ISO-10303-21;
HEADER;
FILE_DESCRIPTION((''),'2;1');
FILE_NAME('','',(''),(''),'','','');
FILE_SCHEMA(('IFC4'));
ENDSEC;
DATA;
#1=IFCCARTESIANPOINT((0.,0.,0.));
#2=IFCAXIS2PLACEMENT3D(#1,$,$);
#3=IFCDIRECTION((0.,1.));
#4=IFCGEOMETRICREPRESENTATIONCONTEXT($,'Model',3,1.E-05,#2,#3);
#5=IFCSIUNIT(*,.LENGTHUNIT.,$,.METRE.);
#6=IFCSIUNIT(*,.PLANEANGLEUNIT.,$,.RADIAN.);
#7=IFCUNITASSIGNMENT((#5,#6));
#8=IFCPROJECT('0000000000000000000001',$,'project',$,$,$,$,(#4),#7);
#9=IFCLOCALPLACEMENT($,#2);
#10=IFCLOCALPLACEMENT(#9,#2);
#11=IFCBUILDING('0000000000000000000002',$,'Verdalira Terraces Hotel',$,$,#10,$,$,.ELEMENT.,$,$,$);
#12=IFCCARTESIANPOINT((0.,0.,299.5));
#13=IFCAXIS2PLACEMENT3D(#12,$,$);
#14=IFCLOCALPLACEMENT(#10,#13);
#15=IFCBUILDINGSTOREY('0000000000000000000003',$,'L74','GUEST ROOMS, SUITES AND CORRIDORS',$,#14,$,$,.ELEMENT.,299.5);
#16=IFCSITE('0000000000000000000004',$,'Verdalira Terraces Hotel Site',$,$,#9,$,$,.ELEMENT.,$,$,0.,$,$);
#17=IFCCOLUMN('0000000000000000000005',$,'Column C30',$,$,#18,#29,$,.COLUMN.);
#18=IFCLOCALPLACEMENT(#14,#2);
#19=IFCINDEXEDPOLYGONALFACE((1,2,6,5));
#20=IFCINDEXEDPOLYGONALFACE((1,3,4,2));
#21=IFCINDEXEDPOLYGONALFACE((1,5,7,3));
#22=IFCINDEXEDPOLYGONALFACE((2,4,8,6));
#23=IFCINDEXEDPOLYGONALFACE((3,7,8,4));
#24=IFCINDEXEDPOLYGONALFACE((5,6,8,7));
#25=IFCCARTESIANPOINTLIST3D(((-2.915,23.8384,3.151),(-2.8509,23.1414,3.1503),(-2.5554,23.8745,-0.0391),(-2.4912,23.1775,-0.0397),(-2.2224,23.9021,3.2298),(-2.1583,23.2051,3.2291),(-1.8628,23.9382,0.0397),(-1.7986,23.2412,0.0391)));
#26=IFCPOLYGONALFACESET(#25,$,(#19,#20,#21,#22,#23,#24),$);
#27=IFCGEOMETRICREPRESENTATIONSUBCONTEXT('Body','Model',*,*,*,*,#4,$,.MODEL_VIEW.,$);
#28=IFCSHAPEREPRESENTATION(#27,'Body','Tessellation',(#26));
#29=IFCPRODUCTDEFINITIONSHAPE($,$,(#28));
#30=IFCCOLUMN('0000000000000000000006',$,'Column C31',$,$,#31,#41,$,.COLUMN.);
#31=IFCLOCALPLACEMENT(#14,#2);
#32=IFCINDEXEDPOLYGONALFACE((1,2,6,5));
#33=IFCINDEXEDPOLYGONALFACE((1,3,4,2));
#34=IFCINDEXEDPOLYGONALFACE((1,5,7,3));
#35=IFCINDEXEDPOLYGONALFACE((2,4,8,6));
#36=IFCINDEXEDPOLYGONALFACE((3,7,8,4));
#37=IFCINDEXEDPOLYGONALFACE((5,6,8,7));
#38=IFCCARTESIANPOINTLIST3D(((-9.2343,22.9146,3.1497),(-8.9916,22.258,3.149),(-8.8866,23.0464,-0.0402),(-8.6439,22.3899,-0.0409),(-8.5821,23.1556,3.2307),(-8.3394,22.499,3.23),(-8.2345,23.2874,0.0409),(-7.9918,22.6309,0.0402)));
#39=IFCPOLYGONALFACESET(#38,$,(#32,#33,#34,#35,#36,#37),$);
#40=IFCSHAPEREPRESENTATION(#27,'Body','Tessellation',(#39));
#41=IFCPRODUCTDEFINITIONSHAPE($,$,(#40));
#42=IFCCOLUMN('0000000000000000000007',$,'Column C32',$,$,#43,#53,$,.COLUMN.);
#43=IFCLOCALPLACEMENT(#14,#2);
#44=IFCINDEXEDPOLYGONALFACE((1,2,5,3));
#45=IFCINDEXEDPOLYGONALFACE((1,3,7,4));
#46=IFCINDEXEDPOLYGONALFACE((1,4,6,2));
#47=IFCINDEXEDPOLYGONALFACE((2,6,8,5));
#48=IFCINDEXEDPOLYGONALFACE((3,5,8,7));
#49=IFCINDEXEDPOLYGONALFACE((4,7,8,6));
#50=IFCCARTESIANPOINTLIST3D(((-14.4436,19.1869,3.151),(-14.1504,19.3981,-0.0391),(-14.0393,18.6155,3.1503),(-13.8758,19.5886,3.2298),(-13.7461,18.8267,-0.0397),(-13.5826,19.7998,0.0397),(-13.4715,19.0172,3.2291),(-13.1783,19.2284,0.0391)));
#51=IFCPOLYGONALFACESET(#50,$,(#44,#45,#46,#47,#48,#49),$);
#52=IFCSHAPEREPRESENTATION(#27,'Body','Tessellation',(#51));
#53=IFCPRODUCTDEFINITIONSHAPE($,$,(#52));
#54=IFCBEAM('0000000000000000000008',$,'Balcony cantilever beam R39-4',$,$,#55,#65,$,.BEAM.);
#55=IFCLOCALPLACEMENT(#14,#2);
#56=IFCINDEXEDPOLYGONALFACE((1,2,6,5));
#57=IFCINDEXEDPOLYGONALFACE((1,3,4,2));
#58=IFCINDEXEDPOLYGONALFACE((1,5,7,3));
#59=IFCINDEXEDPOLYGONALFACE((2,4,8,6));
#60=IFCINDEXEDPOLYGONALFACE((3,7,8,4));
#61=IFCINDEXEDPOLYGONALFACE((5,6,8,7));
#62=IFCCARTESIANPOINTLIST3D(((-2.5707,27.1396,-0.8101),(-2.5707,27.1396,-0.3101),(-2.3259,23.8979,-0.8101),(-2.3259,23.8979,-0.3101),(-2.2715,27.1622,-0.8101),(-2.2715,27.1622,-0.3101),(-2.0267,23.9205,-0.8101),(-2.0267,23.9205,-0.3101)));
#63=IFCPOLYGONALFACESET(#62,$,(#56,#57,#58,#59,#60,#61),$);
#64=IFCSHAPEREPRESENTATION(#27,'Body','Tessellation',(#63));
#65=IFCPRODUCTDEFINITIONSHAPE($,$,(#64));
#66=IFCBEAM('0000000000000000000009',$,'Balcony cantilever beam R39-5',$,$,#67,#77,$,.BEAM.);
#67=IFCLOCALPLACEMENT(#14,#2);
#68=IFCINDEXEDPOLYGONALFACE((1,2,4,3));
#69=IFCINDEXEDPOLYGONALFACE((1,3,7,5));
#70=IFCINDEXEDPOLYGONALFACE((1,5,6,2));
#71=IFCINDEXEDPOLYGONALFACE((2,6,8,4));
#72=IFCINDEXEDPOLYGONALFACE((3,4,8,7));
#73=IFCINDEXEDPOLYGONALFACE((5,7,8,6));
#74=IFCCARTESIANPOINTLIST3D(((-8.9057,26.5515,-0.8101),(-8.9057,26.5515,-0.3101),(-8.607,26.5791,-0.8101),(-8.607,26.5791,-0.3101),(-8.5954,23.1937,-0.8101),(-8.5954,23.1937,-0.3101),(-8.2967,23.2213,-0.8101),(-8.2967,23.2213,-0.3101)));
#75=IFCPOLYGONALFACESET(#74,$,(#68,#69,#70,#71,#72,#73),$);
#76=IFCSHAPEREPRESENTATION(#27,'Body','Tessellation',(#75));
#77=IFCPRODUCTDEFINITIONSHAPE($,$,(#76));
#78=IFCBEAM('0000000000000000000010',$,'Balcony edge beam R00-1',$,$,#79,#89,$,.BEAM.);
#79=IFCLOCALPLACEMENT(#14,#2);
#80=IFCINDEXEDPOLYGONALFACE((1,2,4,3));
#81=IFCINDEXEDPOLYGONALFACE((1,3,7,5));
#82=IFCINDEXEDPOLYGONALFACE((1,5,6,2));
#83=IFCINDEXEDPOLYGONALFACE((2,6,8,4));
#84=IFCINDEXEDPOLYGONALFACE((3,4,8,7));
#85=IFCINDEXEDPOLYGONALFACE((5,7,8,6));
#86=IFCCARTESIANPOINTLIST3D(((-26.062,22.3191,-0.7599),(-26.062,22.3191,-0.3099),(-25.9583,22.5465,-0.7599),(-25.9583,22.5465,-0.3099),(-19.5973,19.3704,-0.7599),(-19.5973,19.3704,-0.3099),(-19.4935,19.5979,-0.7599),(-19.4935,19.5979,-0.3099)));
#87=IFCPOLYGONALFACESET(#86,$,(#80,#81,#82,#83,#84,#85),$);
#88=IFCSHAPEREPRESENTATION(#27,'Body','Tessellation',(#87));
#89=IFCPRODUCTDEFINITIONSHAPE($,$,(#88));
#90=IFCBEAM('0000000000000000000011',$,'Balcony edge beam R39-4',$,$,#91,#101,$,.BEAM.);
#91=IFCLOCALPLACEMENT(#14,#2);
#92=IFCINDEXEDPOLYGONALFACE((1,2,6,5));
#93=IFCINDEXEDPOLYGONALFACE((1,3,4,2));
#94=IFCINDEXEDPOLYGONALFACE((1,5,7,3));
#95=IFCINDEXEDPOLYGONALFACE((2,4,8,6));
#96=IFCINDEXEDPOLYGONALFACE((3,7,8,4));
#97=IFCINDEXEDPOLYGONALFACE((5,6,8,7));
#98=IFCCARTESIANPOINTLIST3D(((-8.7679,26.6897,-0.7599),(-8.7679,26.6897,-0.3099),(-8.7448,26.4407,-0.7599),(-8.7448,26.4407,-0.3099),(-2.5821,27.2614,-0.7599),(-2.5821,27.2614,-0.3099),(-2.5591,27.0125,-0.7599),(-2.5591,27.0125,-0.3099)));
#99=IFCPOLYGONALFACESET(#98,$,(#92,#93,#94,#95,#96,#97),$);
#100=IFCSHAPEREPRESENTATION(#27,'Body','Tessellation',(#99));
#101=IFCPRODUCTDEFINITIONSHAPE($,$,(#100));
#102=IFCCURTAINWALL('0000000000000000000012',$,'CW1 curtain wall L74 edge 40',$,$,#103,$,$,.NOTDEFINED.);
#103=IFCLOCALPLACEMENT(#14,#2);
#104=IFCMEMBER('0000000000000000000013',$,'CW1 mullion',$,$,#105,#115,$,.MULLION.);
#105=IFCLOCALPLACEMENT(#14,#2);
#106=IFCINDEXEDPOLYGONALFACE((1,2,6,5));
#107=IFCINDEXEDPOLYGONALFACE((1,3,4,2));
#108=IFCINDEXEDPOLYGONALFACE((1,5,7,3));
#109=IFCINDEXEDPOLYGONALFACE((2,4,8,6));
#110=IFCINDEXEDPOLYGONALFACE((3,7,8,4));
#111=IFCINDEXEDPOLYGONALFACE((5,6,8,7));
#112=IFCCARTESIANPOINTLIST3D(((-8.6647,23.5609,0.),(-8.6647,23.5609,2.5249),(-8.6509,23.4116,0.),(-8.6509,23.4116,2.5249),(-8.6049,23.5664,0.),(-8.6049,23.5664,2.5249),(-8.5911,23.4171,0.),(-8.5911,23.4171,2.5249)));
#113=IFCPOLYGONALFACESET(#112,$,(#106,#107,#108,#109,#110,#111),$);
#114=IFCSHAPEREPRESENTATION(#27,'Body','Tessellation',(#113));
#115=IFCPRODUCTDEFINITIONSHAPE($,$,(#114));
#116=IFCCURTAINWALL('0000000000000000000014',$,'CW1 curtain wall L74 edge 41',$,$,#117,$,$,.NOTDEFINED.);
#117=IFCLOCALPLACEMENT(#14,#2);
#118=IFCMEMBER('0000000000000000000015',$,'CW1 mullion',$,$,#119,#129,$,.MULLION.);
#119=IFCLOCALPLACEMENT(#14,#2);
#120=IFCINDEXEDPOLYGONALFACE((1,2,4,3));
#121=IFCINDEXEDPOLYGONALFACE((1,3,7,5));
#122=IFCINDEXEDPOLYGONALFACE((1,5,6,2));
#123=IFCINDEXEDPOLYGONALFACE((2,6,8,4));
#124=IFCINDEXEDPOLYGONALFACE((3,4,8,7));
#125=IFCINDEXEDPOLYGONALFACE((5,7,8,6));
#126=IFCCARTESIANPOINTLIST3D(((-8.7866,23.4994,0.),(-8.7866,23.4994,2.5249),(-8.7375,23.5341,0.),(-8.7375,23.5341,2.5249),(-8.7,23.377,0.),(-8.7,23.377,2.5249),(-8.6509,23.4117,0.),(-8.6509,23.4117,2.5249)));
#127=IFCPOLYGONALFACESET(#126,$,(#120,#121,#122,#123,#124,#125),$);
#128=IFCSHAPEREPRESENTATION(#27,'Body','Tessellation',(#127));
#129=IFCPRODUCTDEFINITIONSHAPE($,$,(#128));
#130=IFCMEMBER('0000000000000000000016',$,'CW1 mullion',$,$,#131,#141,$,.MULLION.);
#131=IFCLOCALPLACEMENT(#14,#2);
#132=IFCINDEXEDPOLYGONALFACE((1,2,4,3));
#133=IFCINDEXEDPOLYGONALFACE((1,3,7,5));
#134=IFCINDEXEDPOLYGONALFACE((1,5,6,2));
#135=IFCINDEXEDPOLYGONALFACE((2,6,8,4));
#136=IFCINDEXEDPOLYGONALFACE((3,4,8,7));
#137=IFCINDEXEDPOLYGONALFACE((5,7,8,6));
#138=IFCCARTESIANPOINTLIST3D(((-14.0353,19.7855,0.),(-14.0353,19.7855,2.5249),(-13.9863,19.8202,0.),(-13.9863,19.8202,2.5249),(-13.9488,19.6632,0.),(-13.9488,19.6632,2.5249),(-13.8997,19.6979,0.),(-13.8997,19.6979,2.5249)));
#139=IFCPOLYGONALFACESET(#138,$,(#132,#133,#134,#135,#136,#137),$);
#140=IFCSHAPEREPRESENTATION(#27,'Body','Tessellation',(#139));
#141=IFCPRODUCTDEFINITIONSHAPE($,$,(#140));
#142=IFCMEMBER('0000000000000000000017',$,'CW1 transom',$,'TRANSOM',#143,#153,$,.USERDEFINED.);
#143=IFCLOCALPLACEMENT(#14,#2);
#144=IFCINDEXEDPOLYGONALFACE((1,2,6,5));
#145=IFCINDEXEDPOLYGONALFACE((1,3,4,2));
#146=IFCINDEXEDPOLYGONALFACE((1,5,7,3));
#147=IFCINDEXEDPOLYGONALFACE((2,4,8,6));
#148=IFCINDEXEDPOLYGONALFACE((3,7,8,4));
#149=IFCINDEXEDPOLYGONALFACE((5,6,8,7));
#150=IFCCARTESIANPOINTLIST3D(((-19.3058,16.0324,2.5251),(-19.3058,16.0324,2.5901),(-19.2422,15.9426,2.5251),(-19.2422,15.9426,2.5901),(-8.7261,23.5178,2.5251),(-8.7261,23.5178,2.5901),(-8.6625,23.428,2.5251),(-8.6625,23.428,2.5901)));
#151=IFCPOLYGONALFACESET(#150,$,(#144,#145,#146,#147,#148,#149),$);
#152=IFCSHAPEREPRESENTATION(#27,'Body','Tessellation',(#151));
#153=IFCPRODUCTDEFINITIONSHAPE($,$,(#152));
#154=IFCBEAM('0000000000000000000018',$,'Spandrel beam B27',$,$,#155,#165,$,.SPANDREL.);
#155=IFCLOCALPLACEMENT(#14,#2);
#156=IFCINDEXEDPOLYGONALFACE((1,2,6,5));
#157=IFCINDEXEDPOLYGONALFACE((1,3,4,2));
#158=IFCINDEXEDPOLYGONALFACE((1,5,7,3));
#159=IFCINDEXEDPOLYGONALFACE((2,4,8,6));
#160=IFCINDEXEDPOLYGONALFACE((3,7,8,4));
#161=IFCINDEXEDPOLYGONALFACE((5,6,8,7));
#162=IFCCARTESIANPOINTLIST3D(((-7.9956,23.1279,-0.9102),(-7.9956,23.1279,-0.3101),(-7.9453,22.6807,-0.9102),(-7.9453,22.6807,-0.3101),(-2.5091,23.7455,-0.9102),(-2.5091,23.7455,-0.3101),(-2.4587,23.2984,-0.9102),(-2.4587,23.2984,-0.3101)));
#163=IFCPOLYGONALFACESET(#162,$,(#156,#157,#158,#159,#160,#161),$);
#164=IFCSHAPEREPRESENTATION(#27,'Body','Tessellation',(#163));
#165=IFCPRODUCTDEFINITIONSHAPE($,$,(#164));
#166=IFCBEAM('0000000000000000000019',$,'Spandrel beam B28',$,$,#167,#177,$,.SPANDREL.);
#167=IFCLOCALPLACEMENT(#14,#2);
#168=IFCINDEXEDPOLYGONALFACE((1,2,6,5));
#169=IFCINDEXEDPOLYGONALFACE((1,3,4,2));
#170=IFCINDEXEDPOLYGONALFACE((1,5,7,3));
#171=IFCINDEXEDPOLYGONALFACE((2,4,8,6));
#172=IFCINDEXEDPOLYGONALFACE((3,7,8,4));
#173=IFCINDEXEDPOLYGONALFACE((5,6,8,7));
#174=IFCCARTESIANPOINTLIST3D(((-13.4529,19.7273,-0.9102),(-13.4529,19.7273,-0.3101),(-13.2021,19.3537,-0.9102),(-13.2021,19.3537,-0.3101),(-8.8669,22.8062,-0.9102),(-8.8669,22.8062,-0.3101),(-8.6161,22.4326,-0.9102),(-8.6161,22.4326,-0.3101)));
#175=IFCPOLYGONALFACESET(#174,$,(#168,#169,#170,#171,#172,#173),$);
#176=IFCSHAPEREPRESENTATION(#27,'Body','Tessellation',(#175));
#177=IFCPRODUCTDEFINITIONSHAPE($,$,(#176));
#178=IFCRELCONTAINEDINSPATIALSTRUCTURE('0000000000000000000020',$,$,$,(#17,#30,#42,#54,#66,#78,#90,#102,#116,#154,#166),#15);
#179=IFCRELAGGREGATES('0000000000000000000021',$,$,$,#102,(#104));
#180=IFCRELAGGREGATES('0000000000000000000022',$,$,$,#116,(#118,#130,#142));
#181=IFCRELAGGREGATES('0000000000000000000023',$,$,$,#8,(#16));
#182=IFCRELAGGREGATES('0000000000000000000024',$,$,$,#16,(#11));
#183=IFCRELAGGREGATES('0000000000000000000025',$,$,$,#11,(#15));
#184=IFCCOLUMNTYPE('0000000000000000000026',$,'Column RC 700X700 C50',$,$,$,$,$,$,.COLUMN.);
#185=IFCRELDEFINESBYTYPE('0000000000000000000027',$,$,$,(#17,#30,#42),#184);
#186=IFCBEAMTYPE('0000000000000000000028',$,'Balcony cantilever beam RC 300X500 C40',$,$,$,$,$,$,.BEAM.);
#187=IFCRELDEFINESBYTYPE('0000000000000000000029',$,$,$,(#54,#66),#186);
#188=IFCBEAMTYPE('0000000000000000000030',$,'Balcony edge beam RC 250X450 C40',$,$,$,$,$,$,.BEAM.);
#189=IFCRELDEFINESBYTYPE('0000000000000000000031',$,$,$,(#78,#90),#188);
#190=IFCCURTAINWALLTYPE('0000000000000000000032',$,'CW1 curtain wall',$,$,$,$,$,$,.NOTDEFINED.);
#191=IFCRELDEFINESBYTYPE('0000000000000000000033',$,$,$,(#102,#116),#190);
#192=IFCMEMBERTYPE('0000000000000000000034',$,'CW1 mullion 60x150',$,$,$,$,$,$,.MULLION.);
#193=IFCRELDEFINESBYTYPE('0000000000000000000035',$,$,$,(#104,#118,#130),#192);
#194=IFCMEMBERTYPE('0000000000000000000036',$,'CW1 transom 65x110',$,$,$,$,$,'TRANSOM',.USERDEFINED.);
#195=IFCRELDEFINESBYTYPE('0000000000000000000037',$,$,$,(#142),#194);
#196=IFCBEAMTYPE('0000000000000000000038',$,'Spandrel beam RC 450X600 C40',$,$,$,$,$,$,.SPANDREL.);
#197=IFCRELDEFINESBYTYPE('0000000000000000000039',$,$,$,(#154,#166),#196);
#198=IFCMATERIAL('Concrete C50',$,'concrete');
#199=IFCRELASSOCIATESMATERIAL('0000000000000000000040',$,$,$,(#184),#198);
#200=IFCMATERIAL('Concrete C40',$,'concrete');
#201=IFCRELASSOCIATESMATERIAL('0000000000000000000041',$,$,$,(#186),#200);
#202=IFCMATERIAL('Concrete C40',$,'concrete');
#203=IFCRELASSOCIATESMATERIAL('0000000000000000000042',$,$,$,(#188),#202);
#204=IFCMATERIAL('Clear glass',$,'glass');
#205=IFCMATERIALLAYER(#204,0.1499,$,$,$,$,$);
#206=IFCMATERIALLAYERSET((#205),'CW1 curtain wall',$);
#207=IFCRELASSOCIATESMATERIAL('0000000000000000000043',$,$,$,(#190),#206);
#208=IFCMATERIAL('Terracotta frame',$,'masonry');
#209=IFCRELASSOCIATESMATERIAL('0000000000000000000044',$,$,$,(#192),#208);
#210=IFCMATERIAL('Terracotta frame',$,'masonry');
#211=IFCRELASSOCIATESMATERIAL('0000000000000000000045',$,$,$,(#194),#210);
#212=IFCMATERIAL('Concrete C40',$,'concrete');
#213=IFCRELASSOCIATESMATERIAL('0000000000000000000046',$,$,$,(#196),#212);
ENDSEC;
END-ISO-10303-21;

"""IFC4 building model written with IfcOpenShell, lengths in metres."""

from ifc_helpers import new_model, si_unit, direction, frame, origin, origin_2d, place, context, subcontext, project, spatial, rectangle, extrude, material, layer, layer_set, material_profile, profile_set, type_object, element, aggregate, save


model = new_model("IFC4")

# Units and contexts
model_context = context("Model", 3, precision=1e-05, world=origin(), true_north=direction((0.0, 1.0)))
body_context = subcontext(model_context, "Body", "Model", "MODEL_VIEW")
ifc_project = project(units=[si_unit("LENGTHUNIT", "METRE"), si_unit("PLANEANGLEUNIT", "RADIAN")], contexts=[model_context])

# Site, building, storey
site_placement = place(None, origin())
site = spatial("IfcSite", under=ifc_project, at=site_placement, Name="Verdalira Terraces Hotel Site", CompositionType="ELEMENT", RefElevation=0.0)
building_placement = place(site_placement, origin())
building = spatial("IfcBuilding", under=site, at=building_placement, Name="Verdalira Terraces Hotel", CompositionType="ELEMENT")
storey_placement = place(building_placement, frame((0.0, 0.0, 299.5)))
storey = spatial("IfcBuildingStorey", under=building, at=storey_placement, Name="L74", Description="GUEST ROOMS, SUITES AND CORRIDORS", CompositionType="ELEMENT", Elevation=299.5)

# Columns
ifc_material_1 = material(Name="Concrete C50", Category="concrete")
ifc_material_profile_1 = material_profile(ifc_material_1, rectangle(XDim=0.7, YDim=0.7, at=origin_2d()), Name="RC 700X700")
ifc_profile_set_1 = profile_set([ifc_material_profile_1], Name="Concrete C50")
column_type = type_object("IfcColumnType", Name="Column RC 700X700 C50", PredefinedType="COLUMN", material=ifc_profile_set_1)
column_1_placement = place(storey_placement, frame((-2.177, 23.5579, 0.0), z_axis=(-0.112019, -0.011255, 0.993642), x_axis=(-0.989472, -0.090943, -0.112579)))
element("IfcColumn", 1, at=column_1_placement, inside=storey, type_object=column_type, Name="Column C30", PredefinedType="COLUMN", context=body_context, shape_type="SweptSolid", body=[
    extrude(rectangle(XDim=0.7, YDim=0.7, at=origin_2d()), origin(), (0.0, 0.0, 1.0), 3.2104),
])
column_2_placement = place(storey_placement, frame((-8.4392, 22.8386, 0.0), z_axis=(-0.108252, -0.041051, 0.993276), x_axis=(0.931697, 0.344293, 0.11577)))
element("IfcColumn", 2, at=column_2_placement, inside=storey, type_object=column_type, Name="Column C31", PredefinedType="COLUMN", context=body_context, shape_type="SweptSolid", body=[
    extrude(rectangle(XDim=0.7, YDim=0.7, at=origin_2d()), origin(), (0.0, 0.0, 1.0), 3.2114),
])
column_3_placement = place(storey_placement, frame((-13.6643, 19.3132, 0.0), z_axis=(-0.091334, -0.065782, 0.993645), x_axis=(-0.811187, -0.573853, -0.112553)))
element("IfcColumn", 3, at=column_3_placement, inside=storey, type_object=column_type, Name="Column C32", PredefinedType="COLUMN", context=body_context, shape_type="SweptSolid", body=[
    extrude(rectangle(XDim=0.7, YDim=0.7, at=origin_2d()), origin(), (0.0, 0.0, 1.0), 3.2104),
])

# Beams
ifc_material_2 = material(Name="Concrete C40", Category="concrete")
ifc_material_profile_2 = material_profile(ifc_material_2, rectangle(XDim=0.3, YDim=0.5, at=origin_2d()), Name="RC 300X500")
ifc_profile_set_2 = profile_set([ifc_material_profile_2], Name="Concrete C40")
beam_type_1 = type_object("IfcBeamType", Name="Balcony cantilever beam RC 300X500 C40", PredefinedType="BEAM", material=ifc_profile_set_2)
beam_1_placement = place(storey_placement, frame((-2.1763, 23.9092, -0.5601), z_axis=(-0.075324, 0.997159, 0.0), x_axis=(-0.997159, -0.075324, 0.0)))
element("IfcBeam", 4, at=beam_1_placement, inside=storey, type_object=beam_type_1, Name="Balcony cantilever beam R39-4", PredefinedType="BEAM", context=body_context, shape_type="SweptSolid", body=[
    extrude(rectangle(XDim=0.3, YDim=0.5, at=origin_2d()), origin(), (0.0, 0.0, 1.0), 3.251),
])
beam_2_placement = place(storey_placement, frame((-8.446, 23.2075, -0.5601), z_axis=(-0.092024, 0.995757, 0.0), x_axis=(-0.995757, -0.092024, 0.0)))
element("IfcBeam", 5, at=beam_2_placement, inside=storey, type_object=beam_type_1, Name="Balcony cantilever beam R39-5", PredefinedType="BEAM", context=body_context, shape_type="SweptSolid", body=[
    extrude(rectangle(XDim=0.3, YDim=0.5, at=origin_2d()), origin(), (0.0, 0.0, 1.0), 3.3721),
])
ifc_material_3 = material(Name="Concrete C40", Category="concrete")
ifc_material_profile_3 = material_profile(ifc_material_3, rectangle(XDim=0.25, YDim=0.45, at=origin_2d()), Name="RC 250X450")
ifc_profile_set_3 = profile_set([ifc_material_profile_3], Name="Concrete C40")
beam_type_2 = type_object("IfcBeamType", Name="Balcony edge beam RC 250X450 C40", PredefinedType="BEAM", material=ifc_profile_set_3)
beam_3_placement = place(storey_placement, frame((-19.5454, 19.4841, -0.5349), z_axis=(-0.909827, 0.414988, 0.0), x_axis=(-0.414988, -0.909827, 0.0)))
element("IfcBeam", 6, at=beam_3_placement, inside=storey, type_object=beam_type_2, Name="Balcony edge beam R00-1", PredefinedType="BEAM", context=body_context, shape_type="SweptSolid", body=[
    extrude(rectangle(XDim=0.25, YDim=0.45, at=origin_2d()), origin(), (0.0, 0.0, 1.0), 7.1055),
])
beam_4_placement = place(storey_placement, frame((-2.5706, 27.137, -0.5349), z_axis=(-0.995755, -0.092042, 0.0), x_axis=(0.092042, -0.995755, 0.0)))
element("IfcBeam", 7, at=beam_4_placement, inside=storey, type_object=beam_type_2, Name="Balcony edge beam R39-4", PredefinedType="BEAM", context=body_context, shape_type="SweptSolid", body=[
    extrude(rectangle(XDim=0.25, YDim=0.45, at=origin_2d()), origin(), (0.0, 0.0, 1.0), 6.2122),
])

# Curtain wall, member
ifc_material_4 = material(Name="Clear glass", Category="glass")
ifc_layer_1 = layer(ifc_material_4, 0.1499)
ifc_layer_set_1 = layer_set([ifc_layer_1], Name="CW1 curtain wall")
curtain_wall_type = type_object("IfcCurtainWallType", Name="CW1 curtain wall", PredefinedType="NOTDEFINED", material=ifc_layer_set_1)
curtain_wall_1_placement = place(storey_placement, origin())
curtain_wall_1 = element("IfcCurtainWall", 8, at=curtain_wall_1_placement, inside=storey, type_object=curtain_wall_type, Name="CW1 curtain wall L74 edge 40", PredefinedType="NOTDEFINED")
ifc_material_5 = material(Name="Terracotta frame", Category="masonry")
ifc_material_profile_4 = material_profile(ifc_material_5, rectangle(XDim=0.0601, YDim=0.1499, at=origin_2d()), Name="MU 60x150")
ifc_profile_set_4 = profile_set([ifc_material_profile_4], Name="Terracotta frame")
member_type_1 = type_object("IfcMemberType", Name="CW1 mullion 60x150", PredefinedType="MULLION", material=ifc_profile_set_4)
member_1_placement = place(storey_placement, frame((-8.6279, 23.489, 0.0), z_axis=(0.0, 0.0, 1.0), x_axis=(-0.995757, -0.092023, 0.0)))
member_1 = element("IfcMember", 9, at=member_1_placement, type_object=member_type_1, Name="CW1 mullion", PredefinedType="MULLION", context=body_context, shape_type="SweptSolid", body=[
    extrude(rectangle(XDim=0.0601, YDim=0.1499, at=origin_2d()), origin(), (0.0, 0.0, 1.0), 2.5249),
])

# Curtain wall, members
curtain_wall_2_placement = place(storey_placement, origin())
curtain_wall_2 = element("IfcCurtainWall", 10, at=curtain_wall_2_placement, inside=storey, type_object=curtain_wall_type, Name="CW1 curtain wall L74 edge 41", PredefinedType="NOTDEFINED")
member_2_placement = place(storey_placement, frame((-8.7188, 23.4556, 0.0), z_axis=(0.0, 0.0, 1.0), x_axis=(-0.816339, -0.577573, 0.0)))
member_2 = element("IfcMember", 11, at=member_2_placement, type_object=member_type_1, Name="CW1 mullion", PredefinedType="MULLION", context=body_context, shape_type="SweptSolid", body=[
    extrude(rectangle(XDim=0.0601, YDim=0.1499, at=origin_2d()), origin(), (0.0, 0.0, 1.0), 2.5249),
])
member_3_placement = place(storey_placement, frame((-13.9675, 19.7417, 0.0), z_axis=(0.0, 0.0, 1.0), x_axis=(-0.816339, -0.577573, 0.0)))
member_3 = element("IfcMember", 12, at=member_3_placement, type_object=member_type_1, Name="CW1 mullion", PredefinedType="MULLION", context=body_context, shape_type="SweptSolid", body=[
    extrude(rectangle(XDim=0.0601, YDim=0.1499, at=origin_2d()), origin(), (0.0, 0.0, 1.0), 2.5249),
])
ifc_material_6 = material(Name="Terracotta frame", Category="masonry")
ifc_material_profile_5 = material_profile(ifc_material_6, rectangle(XDim=0.1101, YDim=0.0649, at=origin_2d()), Name="TR 65x110")
ifc_profile_set_5 = profile_set([ifc_material_profile_5], Name="Terracotta frame")
member_type_2 = type_object("IfcMemberType", Name="CW1 transom 65x110", ElementType="TRANSOM", PredefinedType="USERDEFINED", material=ifc_profile_set_5)
member_4_placement = place(storey_placement, frame((-8.6943, 23.4729, 2.5576), z_axis=(-0.816335, -0.577579, 0.0), x_axis=(0.577579, -0.816335, 0.0)))
member_4 = element("IfcMember", 13, at=member_4_placement, type_object=member_type_2, Name="CW1 transom", ObjectType="TRANSOM", PredefinedType="USERDEFINED", context=body_context, shape_type="SweptSolid", body=[
    extrude(rectangle(XDim=0.1101, YDim=0.0649, at=origin_2d()), origin(), (0.0, 0.0, 1.0), 12.96),
])

# Beams
ifc_material_7 = material(Name="Concrete C40", Category="concrete")
ifc_material_profile_6 = material_profile(ifc_material_7, rectangle(XDim=0.45, YDim=0.6001, at=origin_2d()), Name="RC 450X600")
ifc_profile_set_6 = profile_set([ifc_material_profile_6], Name="Concrete C40")
beam_type_3 = type_object("IfcBeamType", Name="Spandrel beam RC 450X600 C40", PredefinedType="SPANDREL", material=ifc_profile_set_6)
beam_5_placement = place(storey_placement, frame((-2.4839, 23.522, -0.6101), z_axis=(-0.993723, -0.111873, 0.0), x_axis=(0.111873, -0.993723, 0.0)))
element("IfcBeam", 14, at=beam_5_placement, inside=storey, type_object=beam_type_3, Name="Spandrel beam B27", PredefinedType="SPANDREL", context=body_context, shape_type="SweptSolid", body=[
    extrude(rectangle(XDim=0.45, YDim=0.6001, at=origin_2d()), origin(), (0.0, 0.0, 1.0), 5.5212),
])
beam_6_placement = place(storey_placement, frame((-8.7415, 22.6194, -0.6101), z_axis=(-0.830244, -0.5574, 0.0), x_axis=(0.5574, -0.830244, 0.0)))
element("IfcBeam", 15, at=beam_6_placement, inside=storey, type_object=beam_type_3, Name="Spandrel beam B28", PredefinedType="SPANDREL", context=body_context, shape_type="SweptSolid", body=[
    extrude(rectangle(XDim=0.45, YDim=0.6001, at=origin_2d()), origin(), (0.0, 0.0, 1.0), 5.5237),
])

aggregate(curtain_wall_1, [member_1])
aggregate(curtain_wall_2, [member_2, member_3, member_4])

save(model, "model.ifc")
